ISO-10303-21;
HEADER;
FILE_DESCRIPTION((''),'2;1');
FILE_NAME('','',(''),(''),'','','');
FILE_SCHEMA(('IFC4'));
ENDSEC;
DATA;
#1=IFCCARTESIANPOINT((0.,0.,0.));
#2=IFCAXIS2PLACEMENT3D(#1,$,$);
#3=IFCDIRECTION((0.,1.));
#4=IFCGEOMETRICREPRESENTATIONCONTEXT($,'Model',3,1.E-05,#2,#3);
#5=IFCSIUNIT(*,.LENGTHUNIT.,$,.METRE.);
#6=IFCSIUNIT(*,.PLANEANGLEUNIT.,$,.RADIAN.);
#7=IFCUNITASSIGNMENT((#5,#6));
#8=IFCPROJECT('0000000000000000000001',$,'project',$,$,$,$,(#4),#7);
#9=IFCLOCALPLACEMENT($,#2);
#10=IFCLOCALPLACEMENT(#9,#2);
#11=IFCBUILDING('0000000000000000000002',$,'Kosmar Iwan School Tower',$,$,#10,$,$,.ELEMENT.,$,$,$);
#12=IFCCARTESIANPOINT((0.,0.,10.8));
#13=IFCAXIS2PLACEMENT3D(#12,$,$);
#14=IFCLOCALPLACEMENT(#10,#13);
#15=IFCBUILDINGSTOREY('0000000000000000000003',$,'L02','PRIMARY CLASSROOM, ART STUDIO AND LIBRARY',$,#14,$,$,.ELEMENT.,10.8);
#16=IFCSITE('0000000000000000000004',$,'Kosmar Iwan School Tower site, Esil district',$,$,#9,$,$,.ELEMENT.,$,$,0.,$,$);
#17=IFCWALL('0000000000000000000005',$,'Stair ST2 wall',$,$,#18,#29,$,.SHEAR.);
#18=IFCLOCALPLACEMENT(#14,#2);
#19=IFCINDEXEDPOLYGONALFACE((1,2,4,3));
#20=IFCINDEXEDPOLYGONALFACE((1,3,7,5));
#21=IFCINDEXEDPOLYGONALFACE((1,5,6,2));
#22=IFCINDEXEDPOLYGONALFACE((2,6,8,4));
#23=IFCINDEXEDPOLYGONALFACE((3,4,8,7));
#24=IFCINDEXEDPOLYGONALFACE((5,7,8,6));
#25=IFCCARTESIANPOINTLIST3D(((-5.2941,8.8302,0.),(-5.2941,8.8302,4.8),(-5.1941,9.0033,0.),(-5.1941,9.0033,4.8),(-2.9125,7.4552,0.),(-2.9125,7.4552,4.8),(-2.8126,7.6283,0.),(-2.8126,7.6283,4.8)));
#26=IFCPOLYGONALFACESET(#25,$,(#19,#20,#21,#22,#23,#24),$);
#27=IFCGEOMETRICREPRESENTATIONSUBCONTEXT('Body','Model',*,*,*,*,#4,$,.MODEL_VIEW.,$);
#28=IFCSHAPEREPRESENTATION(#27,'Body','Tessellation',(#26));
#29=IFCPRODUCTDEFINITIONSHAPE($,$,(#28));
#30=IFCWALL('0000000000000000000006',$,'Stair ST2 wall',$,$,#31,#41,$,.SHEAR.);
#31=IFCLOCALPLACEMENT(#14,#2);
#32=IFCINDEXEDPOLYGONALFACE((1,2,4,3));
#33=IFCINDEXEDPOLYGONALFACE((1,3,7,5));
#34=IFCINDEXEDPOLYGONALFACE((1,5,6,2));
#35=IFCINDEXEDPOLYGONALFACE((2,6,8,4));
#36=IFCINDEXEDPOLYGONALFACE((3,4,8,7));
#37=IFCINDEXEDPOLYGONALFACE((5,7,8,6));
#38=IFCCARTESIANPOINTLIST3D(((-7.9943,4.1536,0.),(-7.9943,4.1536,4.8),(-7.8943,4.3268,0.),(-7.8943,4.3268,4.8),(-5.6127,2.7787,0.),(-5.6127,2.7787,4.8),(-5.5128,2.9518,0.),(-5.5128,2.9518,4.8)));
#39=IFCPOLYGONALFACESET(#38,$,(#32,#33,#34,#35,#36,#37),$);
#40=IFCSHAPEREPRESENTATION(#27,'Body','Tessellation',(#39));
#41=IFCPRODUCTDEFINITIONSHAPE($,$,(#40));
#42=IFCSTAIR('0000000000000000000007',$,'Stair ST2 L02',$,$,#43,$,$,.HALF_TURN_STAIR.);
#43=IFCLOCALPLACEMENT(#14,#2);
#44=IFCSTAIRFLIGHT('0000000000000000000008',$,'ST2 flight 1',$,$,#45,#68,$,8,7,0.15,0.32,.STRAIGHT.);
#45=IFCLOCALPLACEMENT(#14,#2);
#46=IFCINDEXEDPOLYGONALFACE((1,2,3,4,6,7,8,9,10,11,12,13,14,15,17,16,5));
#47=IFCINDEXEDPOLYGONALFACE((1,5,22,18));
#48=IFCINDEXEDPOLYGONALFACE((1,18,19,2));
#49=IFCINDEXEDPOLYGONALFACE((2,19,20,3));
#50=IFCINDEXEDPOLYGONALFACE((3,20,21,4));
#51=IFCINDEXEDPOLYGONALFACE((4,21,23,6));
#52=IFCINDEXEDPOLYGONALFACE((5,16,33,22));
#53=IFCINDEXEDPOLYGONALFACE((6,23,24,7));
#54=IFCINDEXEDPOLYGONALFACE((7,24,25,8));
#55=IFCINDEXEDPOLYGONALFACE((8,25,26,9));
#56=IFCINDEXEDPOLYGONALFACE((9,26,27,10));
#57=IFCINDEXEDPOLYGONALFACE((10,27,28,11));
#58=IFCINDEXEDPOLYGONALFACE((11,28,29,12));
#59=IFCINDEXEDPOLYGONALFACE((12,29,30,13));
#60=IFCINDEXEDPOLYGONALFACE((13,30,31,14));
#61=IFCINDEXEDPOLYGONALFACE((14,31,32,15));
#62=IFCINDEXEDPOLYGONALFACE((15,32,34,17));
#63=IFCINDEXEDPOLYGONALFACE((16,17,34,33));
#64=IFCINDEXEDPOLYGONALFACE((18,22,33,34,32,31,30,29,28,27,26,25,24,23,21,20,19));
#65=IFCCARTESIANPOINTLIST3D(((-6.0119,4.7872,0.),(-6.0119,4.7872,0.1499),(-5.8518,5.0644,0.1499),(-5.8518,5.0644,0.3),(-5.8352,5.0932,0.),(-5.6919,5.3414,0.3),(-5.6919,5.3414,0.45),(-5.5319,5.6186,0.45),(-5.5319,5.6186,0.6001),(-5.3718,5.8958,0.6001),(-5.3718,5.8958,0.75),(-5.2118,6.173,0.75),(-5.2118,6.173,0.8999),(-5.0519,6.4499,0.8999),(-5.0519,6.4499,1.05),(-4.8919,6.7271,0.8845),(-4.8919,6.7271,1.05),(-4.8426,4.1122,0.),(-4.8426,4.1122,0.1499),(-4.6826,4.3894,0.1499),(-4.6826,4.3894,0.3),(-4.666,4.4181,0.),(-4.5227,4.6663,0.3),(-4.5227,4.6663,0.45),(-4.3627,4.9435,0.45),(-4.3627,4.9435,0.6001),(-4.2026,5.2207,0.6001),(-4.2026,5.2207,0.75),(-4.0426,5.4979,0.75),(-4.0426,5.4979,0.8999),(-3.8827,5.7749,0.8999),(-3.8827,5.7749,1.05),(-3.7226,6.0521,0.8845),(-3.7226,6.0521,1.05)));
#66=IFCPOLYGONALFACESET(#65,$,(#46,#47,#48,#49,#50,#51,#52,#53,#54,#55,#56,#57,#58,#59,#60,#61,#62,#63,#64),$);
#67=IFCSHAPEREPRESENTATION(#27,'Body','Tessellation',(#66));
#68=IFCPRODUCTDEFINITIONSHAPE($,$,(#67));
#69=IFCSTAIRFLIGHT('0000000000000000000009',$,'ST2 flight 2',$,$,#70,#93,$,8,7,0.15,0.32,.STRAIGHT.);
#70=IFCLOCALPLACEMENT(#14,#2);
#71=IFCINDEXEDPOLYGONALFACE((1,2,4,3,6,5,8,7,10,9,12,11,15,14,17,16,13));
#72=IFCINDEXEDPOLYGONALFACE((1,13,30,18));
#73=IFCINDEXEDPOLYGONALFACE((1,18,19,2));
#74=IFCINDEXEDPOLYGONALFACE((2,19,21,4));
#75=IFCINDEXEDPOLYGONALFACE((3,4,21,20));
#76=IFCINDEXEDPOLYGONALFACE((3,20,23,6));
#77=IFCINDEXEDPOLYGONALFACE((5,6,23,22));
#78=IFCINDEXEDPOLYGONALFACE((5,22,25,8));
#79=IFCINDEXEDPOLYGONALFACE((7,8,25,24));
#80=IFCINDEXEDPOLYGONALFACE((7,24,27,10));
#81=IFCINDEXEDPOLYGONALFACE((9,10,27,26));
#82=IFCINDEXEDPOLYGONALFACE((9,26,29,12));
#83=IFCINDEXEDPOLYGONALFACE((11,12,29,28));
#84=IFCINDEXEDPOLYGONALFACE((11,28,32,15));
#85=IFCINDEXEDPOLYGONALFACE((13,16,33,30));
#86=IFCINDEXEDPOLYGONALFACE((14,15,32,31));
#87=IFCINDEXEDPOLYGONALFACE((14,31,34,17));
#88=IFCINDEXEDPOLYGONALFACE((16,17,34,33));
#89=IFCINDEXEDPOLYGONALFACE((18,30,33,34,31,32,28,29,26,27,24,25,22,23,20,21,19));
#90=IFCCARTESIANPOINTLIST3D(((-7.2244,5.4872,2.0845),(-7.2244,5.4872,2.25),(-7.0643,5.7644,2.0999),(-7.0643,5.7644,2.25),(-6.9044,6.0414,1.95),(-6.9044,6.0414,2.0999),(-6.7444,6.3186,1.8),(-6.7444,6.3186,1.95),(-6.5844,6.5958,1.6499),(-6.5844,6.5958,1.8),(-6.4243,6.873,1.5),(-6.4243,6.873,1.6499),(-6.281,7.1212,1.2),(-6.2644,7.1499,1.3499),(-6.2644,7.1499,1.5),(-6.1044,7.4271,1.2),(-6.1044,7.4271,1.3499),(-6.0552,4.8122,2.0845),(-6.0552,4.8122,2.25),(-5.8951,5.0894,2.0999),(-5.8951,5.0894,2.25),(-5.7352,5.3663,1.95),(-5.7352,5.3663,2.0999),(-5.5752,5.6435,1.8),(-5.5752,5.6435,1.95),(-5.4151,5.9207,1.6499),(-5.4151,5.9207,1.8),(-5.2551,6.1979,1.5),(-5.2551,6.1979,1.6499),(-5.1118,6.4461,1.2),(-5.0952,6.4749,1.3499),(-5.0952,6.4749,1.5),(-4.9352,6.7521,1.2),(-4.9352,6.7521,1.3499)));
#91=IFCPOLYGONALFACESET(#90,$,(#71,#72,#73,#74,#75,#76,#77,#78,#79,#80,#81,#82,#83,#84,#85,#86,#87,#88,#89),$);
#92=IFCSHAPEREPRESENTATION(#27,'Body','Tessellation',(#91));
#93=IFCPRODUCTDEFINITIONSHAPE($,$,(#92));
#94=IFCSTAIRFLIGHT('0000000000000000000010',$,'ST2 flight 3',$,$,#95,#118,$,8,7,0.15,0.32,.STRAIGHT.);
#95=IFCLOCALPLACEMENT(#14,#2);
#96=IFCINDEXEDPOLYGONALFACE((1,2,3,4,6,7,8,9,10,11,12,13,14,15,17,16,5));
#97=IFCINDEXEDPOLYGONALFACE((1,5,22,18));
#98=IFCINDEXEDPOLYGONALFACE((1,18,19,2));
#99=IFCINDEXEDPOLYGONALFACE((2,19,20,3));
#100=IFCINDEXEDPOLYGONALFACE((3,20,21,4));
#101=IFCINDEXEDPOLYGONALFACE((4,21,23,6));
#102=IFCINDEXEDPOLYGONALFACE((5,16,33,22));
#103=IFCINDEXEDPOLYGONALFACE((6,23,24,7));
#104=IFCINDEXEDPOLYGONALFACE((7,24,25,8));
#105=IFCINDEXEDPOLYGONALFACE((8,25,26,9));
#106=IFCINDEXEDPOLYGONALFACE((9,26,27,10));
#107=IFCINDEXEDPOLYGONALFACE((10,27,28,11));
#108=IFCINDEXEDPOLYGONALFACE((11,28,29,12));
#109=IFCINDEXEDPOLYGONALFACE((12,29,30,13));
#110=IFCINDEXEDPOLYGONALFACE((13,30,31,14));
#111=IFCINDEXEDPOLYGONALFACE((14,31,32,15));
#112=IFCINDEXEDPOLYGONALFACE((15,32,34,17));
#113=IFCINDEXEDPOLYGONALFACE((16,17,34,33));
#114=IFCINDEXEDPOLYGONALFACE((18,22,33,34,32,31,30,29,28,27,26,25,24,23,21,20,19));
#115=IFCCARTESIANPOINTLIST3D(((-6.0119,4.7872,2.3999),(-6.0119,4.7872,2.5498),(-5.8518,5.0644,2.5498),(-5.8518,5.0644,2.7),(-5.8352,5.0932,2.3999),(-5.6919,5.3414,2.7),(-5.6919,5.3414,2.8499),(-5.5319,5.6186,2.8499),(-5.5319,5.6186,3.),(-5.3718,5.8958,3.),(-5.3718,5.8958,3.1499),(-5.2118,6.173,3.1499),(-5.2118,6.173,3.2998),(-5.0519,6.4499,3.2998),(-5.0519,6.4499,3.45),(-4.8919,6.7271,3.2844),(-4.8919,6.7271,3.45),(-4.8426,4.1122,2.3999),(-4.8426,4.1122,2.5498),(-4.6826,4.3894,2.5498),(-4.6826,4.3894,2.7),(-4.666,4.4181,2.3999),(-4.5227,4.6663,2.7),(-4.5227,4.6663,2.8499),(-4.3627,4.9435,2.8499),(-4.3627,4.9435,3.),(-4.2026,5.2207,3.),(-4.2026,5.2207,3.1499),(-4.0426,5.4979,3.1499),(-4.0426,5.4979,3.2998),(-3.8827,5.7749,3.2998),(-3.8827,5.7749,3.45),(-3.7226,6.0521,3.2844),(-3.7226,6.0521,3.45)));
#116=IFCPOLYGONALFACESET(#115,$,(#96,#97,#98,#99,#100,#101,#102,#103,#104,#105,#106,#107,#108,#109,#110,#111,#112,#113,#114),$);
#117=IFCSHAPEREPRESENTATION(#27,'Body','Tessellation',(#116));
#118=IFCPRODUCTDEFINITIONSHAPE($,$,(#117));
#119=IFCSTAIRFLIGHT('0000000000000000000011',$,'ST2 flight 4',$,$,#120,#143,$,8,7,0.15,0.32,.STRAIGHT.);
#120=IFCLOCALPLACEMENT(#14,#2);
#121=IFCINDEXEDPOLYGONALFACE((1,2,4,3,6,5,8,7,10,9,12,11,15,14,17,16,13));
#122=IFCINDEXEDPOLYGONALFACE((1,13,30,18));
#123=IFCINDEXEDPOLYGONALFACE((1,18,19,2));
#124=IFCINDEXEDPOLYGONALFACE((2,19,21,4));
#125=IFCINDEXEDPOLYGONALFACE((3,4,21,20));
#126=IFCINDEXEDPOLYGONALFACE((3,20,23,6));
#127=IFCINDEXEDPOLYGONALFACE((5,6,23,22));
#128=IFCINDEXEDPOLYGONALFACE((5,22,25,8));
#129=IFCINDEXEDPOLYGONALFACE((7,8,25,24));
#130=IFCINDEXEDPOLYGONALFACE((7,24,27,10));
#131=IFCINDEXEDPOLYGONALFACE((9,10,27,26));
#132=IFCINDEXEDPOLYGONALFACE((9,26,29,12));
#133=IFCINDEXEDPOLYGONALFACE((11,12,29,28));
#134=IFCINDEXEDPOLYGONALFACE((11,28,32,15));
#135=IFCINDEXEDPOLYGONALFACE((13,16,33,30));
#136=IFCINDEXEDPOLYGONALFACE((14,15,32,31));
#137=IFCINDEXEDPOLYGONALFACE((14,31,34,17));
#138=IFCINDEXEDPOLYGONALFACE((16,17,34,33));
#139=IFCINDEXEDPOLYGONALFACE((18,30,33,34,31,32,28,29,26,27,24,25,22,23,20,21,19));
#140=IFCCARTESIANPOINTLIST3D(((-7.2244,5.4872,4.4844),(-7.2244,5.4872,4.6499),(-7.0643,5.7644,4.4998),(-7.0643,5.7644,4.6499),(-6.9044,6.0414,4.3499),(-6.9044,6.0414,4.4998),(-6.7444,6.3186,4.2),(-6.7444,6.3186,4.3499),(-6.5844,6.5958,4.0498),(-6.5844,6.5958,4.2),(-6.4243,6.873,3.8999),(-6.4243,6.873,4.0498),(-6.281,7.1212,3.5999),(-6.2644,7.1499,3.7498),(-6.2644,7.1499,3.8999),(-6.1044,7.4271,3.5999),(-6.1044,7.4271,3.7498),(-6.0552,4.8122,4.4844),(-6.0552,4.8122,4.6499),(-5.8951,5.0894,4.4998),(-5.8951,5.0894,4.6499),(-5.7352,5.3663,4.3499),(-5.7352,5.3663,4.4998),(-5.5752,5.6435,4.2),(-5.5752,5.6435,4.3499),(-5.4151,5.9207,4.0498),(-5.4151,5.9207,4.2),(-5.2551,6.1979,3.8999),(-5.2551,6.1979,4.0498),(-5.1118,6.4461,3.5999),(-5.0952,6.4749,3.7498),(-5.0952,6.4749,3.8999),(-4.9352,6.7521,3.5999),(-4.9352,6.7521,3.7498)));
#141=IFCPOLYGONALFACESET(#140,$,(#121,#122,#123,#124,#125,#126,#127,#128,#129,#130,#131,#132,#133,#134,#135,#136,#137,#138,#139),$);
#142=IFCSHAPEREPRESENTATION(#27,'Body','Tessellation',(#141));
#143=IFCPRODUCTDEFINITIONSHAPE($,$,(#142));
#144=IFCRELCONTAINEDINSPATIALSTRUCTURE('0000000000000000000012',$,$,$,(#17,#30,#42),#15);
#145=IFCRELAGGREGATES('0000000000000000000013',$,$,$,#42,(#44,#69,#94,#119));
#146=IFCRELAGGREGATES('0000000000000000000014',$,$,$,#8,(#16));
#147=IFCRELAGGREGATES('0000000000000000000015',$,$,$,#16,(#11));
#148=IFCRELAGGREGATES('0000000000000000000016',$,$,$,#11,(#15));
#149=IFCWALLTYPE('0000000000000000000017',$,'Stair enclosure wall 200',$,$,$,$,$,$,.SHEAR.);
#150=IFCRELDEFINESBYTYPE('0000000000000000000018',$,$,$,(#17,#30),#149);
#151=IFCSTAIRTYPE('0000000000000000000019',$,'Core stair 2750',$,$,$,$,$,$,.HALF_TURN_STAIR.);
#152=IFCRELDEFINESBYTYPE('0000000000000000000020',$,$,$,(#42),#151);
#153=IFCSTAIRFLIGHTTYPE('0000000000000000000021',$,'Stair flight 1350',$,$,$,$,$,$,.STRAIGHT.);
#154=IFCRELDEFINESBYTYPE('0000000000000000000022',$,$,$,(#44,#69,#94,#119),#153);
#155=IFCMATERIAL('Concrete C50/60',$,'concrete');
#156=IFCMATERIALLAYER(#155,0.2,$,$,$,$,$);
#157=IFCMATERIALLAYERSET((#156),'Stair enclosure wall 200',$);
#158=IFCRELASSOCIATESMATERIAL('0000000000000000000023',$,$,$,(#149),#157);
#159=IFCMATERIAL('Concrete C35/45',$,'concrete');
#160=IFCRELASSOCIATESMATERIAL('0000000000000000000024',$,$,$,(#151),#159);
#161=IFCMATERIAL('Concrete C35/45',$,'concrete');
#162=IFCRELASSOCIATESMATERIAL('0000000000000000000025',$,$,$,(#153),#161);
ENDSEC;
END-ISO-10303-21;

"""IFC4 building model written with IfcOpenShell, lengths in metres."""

from ifc_helpers import new_model, si_unit, direction, frame, frame_2d, origin, place, context, subcontext, project, spatial, polyline, rectangle, outline, extrude, material, layer, layer_set, type_object, element, aggregate, save


model = new_model("IFC4")

# Units and contexts
model_context = context("Model", 3, precision=1e-05, world=origin(), true_north=direction((0.0, 1.0)))
body_context = subcontext(model_context, "Body", "Model", "MODEL_VIEW")
ifc_project = project(units=[si_unit("LENGTHUNIT", "METRE"), si_unit("PLANEANGLEUNIT", "RADIAN")], contexts=[model_context])

# Site, building, storey
site_placement = place(None, origin())
site = spatial("IfcSite", under=ifc_project, at=site_placement, Name="Kosmar Iwan School Tower site, Esil district", CompositionType="ELEMENT", RefElevation=0.0)
building_placement = place(site_placement, origin())
building = spatial("IfcBuilding", under=site, at=building_placement, Name="Kosmar Iwan School Tower", CompositionType="ELEMENT")
storey_placement = place(building_placement, frame((0.0, 0.0, 10.8)))
storey = spatial("IfcBuildingStorey", under=building, at=storey_placement, Name="L02", Description="PRIMARY CLASSROOM, ART STUDIO AND LIBRARY", CompositionType="ELEMENT", Elevation=10.8)

# Walls
ifc_material_1 = material(Name="Concrete C50/60", Category="concrete")
ifc_layer_1 = layer(ifc_material_1, 0.2)
ifc_layer_set_1 = layer_set([ifc_layer_1], Name="Stair enclosure wall 200")
wall_type_1 = type_object("IfcWallType", Name="Stair enclosure wall 200", PredefinedType="SHEAR", material=ifc_layer_set_1)
for number, where, z_axis, x_axis, name in (
    (1, (-2.8625, 7.5417, 0.0), (0.0, 0.0, 1.0), (-0.866027, 0.499997, 0.0), "Stair ST2 wall"),
    (2, (-5.5627, 2.8652, 0.0), (0.0, 0.0, 1.0), (-0.866027, 0.499997, 0.0), "Stair ST2 wall"),
):
    element("IfcWall", number, at=place(storey_placement, frame(where, z_axis=z_axis, x_axis=x_axis)), inside=storey, type_object=wall_type_1, Name=name, PredefinedType="SHEAR", context=body_context, shape_type="SweptSolid", body=[
        extrude(rectangle(XDim=2.75, YDim=0.2, at=frame_2d((1.375, 0.0))), origin(), (0.0, 0.0, 1.0), 4.8),
    ])

# Stair, stair flights
ifc_material_2 = material(Name="Concrete C35/45", Category="concrete")
stair_type = type_object("IfcStairType", Name="Core stair 2750", PredefinedType="HALF_TURN_STAIR", material=ifc_material_2)
stair_placement = place(storey_placement, origin())
stair = element("IfcStair", 3, at=stair_placement, inside=storey, type_object=stair_type, Name="Stair ST2 L02", PredefinedType="HALF_TURN_STAIR")
ifc_material_3 = material(Name="Concrete C35/45", Category="concrete")
stair_flight_type = type_object("IfcStairFlightType", Name="Stair flight 1350", PredefinedType="STRAIGHT", material=ifc_material_3)
stair_flight_1_placement = place(storey_placement, frame((-5.4272, 4.4497, 0.0), z_axis=(0.0, 0.0, 1.0), x_axis=(0.5, 0.866025, 0.0)))
stair_flight_1 = element("IfcStairFlight", 4, at=stair_flight_1_placement, type_object=stair_flight_type, Name="ST2 flight 1", NumberOfRisers=8, NumberOfTreads=7, PredefinedType="STRAIGHT", RiserHeight=0.15, TreadLength=0.32, context=body_context, shape_type="SweptSolid", body=[
    extrude(outline(polyline([(0.0, 0.0), (0.0, 0.1499), (0.3201, 0.1499), (0.3201, 0.3), (0.6399, 0.3), (0.6399, 0.45), (0.96, 0.45), (0.96, 0.6001), (1.28, 0.6001), (1.28, 0.75), (1.6001, 0.75), (1.6001, 0.8999), (1.9199, 0.8999), (1.9199, 1.05), (2.24, 1.05), (2.24, 1.2), (2.24, 0.8845), (0.3533, 0.0), (0.0, 0.0)])), frame((0.0, 0.675, 0.0), z_axis=(0.0, -1.0, 0.0), x_axis=(1.0, 0.0, 0.0)), (0.0, 0.0, 1.0), 1.3501),
])
stair_flight_2_placement = place(storey_placement, frame((-5.5198, 7.0896, 1.2), z_axis=(0.0, 0.0, 1.0), x_axis=(-0.5, -0.866025, 0.0)))
stair_flight_2 = element("IfcStairFlight", 5, at=stair_flight_2_placement, type_object=stair_flight_type, Name="ST2 flight 2", NumberOfRisers=8, NumberOfTreads=7, PredefinedType="STRAIGHT", RiserHeight=0.15, TreadLength=0.32, context=body_context, shape_type="SweptSolid", body=[
    extrude(outline(polyline([(0.0, 0.0), (0.0, 0.1499), (0.3201, 0.1499), (0.3201, 0.3), (0.6399, 0.3), (0.6399, 0.45), (0.96, 0.45), (0.96, 0.6001), (1.28, 0.6001), (1.28, 0.75), (1.6001, 0.75), (1.6001, 0.8999), (1.9199, 0.8999), (1.9199, 1.05), (2.24, 1.05), (2.24, 1.2), (2.24, 0.8845), (0.3533, 0.0), (0.0, 0.0)])), frame((0.0, 0.675, 0.0), z_axis=(0.0, -1.0, 0.0), x_axis=(1.0, 0.0, 0.0)), (0.0, 0.0, 1.0), 1.3501),
])
stair_flight_3_placement = place(storey_placement, frame((-5.4272, 4.4497, 2.3999), z_axis=(0.0, 0.0, 1.0), x_axis=(0.5, 0.866025, 0.0)))
stair_flight_3 = element("IfcStairFlight", 6, at=stair_flight_3_placement, type_object=stair_flight_type, Name="ST2 flight 3", NumberOfRisers=8, NumberOfTreads=7, PredefinedType="STRAIGHT", RiserHeight=0.15, TreadLength=0.32, context=body_context, shape_type="SweptSolid", body=[
    extrude(outline(polyline([(0.0, 0.0), (0.0, 0.1499), (0.3201, 0.1499), (0.3201, 0.3), (0.6399, 0.3), (0.6399, 0.45), (0.96, 0.45), (0.96, 0.6001), (1.28, 0.6001), (1.28, 0.75), (1.6001, 0.75), (1.6001, 0.8999), (1.9199, 0.8999), (1.9199, 1.05), (2.24, 1.05), (2.24, 1.2), (2.24, 0.8845), (0.3533, 0.0), (0.0, 0.0)])), frame((0.0, 0.675, 0.0), z_axis=(0.0, -1.0, 0.0), x_axis=(1.0, 0.0, 0.0)), (0.0, 0.0, 1.0), 1.3501),
])
stair_flight_4_placement = place(storey_placement, frame((-5.5198, 7.0896, 3.5999), z_axis=(0.0, 0.0, 1.0), x_axis=(-0.5, -0.866025, 0.0)))
stair_flight_4 = element("IfcStairFlight", 7, at=stair_flight_4_placement, type_object=stair_flight_type, Name="ST2 flight 4", NumberOfRisers=8, NumberOfTreads=7, PredefinedType="STRAIGHT", RiserHeight=0.15, TreadLength=0.32, context=body_context, shape_type="SweptSolid", body=[
    extrude(outline(polyline([(0.0, 0.0), (0.0, 0.1499), (0.3201, 0.1499), (0.3201, 0.3), (0.6399, 0.3), (0.6399, 0.45), (0.96, 0.45), (0.96, 0.6001), (1.28, 0.6001), (1.28, 0.75), (1.6001, 0.75), (1.6001, 0.8999), (1.9199, 0.8999), (1.9199, 1.05), (2.24, 1.05), (2.24, 1.2), (2.24, 0.8845), (0.3533, 0.0), (0.0, 0.0)])), frame((0.0, 0.675, 0.0), z_axis=(0.0, -1.0, 0.0), x_axis=(1.0, 0.0, 0.0)), (0.0, 0.0, 1.0), 1.3501),
])
aggregate(stair, [stair_flight_1, stair_flight_2, stair_flight_3, stair_flight_4])

save(model, "model.ifc")
